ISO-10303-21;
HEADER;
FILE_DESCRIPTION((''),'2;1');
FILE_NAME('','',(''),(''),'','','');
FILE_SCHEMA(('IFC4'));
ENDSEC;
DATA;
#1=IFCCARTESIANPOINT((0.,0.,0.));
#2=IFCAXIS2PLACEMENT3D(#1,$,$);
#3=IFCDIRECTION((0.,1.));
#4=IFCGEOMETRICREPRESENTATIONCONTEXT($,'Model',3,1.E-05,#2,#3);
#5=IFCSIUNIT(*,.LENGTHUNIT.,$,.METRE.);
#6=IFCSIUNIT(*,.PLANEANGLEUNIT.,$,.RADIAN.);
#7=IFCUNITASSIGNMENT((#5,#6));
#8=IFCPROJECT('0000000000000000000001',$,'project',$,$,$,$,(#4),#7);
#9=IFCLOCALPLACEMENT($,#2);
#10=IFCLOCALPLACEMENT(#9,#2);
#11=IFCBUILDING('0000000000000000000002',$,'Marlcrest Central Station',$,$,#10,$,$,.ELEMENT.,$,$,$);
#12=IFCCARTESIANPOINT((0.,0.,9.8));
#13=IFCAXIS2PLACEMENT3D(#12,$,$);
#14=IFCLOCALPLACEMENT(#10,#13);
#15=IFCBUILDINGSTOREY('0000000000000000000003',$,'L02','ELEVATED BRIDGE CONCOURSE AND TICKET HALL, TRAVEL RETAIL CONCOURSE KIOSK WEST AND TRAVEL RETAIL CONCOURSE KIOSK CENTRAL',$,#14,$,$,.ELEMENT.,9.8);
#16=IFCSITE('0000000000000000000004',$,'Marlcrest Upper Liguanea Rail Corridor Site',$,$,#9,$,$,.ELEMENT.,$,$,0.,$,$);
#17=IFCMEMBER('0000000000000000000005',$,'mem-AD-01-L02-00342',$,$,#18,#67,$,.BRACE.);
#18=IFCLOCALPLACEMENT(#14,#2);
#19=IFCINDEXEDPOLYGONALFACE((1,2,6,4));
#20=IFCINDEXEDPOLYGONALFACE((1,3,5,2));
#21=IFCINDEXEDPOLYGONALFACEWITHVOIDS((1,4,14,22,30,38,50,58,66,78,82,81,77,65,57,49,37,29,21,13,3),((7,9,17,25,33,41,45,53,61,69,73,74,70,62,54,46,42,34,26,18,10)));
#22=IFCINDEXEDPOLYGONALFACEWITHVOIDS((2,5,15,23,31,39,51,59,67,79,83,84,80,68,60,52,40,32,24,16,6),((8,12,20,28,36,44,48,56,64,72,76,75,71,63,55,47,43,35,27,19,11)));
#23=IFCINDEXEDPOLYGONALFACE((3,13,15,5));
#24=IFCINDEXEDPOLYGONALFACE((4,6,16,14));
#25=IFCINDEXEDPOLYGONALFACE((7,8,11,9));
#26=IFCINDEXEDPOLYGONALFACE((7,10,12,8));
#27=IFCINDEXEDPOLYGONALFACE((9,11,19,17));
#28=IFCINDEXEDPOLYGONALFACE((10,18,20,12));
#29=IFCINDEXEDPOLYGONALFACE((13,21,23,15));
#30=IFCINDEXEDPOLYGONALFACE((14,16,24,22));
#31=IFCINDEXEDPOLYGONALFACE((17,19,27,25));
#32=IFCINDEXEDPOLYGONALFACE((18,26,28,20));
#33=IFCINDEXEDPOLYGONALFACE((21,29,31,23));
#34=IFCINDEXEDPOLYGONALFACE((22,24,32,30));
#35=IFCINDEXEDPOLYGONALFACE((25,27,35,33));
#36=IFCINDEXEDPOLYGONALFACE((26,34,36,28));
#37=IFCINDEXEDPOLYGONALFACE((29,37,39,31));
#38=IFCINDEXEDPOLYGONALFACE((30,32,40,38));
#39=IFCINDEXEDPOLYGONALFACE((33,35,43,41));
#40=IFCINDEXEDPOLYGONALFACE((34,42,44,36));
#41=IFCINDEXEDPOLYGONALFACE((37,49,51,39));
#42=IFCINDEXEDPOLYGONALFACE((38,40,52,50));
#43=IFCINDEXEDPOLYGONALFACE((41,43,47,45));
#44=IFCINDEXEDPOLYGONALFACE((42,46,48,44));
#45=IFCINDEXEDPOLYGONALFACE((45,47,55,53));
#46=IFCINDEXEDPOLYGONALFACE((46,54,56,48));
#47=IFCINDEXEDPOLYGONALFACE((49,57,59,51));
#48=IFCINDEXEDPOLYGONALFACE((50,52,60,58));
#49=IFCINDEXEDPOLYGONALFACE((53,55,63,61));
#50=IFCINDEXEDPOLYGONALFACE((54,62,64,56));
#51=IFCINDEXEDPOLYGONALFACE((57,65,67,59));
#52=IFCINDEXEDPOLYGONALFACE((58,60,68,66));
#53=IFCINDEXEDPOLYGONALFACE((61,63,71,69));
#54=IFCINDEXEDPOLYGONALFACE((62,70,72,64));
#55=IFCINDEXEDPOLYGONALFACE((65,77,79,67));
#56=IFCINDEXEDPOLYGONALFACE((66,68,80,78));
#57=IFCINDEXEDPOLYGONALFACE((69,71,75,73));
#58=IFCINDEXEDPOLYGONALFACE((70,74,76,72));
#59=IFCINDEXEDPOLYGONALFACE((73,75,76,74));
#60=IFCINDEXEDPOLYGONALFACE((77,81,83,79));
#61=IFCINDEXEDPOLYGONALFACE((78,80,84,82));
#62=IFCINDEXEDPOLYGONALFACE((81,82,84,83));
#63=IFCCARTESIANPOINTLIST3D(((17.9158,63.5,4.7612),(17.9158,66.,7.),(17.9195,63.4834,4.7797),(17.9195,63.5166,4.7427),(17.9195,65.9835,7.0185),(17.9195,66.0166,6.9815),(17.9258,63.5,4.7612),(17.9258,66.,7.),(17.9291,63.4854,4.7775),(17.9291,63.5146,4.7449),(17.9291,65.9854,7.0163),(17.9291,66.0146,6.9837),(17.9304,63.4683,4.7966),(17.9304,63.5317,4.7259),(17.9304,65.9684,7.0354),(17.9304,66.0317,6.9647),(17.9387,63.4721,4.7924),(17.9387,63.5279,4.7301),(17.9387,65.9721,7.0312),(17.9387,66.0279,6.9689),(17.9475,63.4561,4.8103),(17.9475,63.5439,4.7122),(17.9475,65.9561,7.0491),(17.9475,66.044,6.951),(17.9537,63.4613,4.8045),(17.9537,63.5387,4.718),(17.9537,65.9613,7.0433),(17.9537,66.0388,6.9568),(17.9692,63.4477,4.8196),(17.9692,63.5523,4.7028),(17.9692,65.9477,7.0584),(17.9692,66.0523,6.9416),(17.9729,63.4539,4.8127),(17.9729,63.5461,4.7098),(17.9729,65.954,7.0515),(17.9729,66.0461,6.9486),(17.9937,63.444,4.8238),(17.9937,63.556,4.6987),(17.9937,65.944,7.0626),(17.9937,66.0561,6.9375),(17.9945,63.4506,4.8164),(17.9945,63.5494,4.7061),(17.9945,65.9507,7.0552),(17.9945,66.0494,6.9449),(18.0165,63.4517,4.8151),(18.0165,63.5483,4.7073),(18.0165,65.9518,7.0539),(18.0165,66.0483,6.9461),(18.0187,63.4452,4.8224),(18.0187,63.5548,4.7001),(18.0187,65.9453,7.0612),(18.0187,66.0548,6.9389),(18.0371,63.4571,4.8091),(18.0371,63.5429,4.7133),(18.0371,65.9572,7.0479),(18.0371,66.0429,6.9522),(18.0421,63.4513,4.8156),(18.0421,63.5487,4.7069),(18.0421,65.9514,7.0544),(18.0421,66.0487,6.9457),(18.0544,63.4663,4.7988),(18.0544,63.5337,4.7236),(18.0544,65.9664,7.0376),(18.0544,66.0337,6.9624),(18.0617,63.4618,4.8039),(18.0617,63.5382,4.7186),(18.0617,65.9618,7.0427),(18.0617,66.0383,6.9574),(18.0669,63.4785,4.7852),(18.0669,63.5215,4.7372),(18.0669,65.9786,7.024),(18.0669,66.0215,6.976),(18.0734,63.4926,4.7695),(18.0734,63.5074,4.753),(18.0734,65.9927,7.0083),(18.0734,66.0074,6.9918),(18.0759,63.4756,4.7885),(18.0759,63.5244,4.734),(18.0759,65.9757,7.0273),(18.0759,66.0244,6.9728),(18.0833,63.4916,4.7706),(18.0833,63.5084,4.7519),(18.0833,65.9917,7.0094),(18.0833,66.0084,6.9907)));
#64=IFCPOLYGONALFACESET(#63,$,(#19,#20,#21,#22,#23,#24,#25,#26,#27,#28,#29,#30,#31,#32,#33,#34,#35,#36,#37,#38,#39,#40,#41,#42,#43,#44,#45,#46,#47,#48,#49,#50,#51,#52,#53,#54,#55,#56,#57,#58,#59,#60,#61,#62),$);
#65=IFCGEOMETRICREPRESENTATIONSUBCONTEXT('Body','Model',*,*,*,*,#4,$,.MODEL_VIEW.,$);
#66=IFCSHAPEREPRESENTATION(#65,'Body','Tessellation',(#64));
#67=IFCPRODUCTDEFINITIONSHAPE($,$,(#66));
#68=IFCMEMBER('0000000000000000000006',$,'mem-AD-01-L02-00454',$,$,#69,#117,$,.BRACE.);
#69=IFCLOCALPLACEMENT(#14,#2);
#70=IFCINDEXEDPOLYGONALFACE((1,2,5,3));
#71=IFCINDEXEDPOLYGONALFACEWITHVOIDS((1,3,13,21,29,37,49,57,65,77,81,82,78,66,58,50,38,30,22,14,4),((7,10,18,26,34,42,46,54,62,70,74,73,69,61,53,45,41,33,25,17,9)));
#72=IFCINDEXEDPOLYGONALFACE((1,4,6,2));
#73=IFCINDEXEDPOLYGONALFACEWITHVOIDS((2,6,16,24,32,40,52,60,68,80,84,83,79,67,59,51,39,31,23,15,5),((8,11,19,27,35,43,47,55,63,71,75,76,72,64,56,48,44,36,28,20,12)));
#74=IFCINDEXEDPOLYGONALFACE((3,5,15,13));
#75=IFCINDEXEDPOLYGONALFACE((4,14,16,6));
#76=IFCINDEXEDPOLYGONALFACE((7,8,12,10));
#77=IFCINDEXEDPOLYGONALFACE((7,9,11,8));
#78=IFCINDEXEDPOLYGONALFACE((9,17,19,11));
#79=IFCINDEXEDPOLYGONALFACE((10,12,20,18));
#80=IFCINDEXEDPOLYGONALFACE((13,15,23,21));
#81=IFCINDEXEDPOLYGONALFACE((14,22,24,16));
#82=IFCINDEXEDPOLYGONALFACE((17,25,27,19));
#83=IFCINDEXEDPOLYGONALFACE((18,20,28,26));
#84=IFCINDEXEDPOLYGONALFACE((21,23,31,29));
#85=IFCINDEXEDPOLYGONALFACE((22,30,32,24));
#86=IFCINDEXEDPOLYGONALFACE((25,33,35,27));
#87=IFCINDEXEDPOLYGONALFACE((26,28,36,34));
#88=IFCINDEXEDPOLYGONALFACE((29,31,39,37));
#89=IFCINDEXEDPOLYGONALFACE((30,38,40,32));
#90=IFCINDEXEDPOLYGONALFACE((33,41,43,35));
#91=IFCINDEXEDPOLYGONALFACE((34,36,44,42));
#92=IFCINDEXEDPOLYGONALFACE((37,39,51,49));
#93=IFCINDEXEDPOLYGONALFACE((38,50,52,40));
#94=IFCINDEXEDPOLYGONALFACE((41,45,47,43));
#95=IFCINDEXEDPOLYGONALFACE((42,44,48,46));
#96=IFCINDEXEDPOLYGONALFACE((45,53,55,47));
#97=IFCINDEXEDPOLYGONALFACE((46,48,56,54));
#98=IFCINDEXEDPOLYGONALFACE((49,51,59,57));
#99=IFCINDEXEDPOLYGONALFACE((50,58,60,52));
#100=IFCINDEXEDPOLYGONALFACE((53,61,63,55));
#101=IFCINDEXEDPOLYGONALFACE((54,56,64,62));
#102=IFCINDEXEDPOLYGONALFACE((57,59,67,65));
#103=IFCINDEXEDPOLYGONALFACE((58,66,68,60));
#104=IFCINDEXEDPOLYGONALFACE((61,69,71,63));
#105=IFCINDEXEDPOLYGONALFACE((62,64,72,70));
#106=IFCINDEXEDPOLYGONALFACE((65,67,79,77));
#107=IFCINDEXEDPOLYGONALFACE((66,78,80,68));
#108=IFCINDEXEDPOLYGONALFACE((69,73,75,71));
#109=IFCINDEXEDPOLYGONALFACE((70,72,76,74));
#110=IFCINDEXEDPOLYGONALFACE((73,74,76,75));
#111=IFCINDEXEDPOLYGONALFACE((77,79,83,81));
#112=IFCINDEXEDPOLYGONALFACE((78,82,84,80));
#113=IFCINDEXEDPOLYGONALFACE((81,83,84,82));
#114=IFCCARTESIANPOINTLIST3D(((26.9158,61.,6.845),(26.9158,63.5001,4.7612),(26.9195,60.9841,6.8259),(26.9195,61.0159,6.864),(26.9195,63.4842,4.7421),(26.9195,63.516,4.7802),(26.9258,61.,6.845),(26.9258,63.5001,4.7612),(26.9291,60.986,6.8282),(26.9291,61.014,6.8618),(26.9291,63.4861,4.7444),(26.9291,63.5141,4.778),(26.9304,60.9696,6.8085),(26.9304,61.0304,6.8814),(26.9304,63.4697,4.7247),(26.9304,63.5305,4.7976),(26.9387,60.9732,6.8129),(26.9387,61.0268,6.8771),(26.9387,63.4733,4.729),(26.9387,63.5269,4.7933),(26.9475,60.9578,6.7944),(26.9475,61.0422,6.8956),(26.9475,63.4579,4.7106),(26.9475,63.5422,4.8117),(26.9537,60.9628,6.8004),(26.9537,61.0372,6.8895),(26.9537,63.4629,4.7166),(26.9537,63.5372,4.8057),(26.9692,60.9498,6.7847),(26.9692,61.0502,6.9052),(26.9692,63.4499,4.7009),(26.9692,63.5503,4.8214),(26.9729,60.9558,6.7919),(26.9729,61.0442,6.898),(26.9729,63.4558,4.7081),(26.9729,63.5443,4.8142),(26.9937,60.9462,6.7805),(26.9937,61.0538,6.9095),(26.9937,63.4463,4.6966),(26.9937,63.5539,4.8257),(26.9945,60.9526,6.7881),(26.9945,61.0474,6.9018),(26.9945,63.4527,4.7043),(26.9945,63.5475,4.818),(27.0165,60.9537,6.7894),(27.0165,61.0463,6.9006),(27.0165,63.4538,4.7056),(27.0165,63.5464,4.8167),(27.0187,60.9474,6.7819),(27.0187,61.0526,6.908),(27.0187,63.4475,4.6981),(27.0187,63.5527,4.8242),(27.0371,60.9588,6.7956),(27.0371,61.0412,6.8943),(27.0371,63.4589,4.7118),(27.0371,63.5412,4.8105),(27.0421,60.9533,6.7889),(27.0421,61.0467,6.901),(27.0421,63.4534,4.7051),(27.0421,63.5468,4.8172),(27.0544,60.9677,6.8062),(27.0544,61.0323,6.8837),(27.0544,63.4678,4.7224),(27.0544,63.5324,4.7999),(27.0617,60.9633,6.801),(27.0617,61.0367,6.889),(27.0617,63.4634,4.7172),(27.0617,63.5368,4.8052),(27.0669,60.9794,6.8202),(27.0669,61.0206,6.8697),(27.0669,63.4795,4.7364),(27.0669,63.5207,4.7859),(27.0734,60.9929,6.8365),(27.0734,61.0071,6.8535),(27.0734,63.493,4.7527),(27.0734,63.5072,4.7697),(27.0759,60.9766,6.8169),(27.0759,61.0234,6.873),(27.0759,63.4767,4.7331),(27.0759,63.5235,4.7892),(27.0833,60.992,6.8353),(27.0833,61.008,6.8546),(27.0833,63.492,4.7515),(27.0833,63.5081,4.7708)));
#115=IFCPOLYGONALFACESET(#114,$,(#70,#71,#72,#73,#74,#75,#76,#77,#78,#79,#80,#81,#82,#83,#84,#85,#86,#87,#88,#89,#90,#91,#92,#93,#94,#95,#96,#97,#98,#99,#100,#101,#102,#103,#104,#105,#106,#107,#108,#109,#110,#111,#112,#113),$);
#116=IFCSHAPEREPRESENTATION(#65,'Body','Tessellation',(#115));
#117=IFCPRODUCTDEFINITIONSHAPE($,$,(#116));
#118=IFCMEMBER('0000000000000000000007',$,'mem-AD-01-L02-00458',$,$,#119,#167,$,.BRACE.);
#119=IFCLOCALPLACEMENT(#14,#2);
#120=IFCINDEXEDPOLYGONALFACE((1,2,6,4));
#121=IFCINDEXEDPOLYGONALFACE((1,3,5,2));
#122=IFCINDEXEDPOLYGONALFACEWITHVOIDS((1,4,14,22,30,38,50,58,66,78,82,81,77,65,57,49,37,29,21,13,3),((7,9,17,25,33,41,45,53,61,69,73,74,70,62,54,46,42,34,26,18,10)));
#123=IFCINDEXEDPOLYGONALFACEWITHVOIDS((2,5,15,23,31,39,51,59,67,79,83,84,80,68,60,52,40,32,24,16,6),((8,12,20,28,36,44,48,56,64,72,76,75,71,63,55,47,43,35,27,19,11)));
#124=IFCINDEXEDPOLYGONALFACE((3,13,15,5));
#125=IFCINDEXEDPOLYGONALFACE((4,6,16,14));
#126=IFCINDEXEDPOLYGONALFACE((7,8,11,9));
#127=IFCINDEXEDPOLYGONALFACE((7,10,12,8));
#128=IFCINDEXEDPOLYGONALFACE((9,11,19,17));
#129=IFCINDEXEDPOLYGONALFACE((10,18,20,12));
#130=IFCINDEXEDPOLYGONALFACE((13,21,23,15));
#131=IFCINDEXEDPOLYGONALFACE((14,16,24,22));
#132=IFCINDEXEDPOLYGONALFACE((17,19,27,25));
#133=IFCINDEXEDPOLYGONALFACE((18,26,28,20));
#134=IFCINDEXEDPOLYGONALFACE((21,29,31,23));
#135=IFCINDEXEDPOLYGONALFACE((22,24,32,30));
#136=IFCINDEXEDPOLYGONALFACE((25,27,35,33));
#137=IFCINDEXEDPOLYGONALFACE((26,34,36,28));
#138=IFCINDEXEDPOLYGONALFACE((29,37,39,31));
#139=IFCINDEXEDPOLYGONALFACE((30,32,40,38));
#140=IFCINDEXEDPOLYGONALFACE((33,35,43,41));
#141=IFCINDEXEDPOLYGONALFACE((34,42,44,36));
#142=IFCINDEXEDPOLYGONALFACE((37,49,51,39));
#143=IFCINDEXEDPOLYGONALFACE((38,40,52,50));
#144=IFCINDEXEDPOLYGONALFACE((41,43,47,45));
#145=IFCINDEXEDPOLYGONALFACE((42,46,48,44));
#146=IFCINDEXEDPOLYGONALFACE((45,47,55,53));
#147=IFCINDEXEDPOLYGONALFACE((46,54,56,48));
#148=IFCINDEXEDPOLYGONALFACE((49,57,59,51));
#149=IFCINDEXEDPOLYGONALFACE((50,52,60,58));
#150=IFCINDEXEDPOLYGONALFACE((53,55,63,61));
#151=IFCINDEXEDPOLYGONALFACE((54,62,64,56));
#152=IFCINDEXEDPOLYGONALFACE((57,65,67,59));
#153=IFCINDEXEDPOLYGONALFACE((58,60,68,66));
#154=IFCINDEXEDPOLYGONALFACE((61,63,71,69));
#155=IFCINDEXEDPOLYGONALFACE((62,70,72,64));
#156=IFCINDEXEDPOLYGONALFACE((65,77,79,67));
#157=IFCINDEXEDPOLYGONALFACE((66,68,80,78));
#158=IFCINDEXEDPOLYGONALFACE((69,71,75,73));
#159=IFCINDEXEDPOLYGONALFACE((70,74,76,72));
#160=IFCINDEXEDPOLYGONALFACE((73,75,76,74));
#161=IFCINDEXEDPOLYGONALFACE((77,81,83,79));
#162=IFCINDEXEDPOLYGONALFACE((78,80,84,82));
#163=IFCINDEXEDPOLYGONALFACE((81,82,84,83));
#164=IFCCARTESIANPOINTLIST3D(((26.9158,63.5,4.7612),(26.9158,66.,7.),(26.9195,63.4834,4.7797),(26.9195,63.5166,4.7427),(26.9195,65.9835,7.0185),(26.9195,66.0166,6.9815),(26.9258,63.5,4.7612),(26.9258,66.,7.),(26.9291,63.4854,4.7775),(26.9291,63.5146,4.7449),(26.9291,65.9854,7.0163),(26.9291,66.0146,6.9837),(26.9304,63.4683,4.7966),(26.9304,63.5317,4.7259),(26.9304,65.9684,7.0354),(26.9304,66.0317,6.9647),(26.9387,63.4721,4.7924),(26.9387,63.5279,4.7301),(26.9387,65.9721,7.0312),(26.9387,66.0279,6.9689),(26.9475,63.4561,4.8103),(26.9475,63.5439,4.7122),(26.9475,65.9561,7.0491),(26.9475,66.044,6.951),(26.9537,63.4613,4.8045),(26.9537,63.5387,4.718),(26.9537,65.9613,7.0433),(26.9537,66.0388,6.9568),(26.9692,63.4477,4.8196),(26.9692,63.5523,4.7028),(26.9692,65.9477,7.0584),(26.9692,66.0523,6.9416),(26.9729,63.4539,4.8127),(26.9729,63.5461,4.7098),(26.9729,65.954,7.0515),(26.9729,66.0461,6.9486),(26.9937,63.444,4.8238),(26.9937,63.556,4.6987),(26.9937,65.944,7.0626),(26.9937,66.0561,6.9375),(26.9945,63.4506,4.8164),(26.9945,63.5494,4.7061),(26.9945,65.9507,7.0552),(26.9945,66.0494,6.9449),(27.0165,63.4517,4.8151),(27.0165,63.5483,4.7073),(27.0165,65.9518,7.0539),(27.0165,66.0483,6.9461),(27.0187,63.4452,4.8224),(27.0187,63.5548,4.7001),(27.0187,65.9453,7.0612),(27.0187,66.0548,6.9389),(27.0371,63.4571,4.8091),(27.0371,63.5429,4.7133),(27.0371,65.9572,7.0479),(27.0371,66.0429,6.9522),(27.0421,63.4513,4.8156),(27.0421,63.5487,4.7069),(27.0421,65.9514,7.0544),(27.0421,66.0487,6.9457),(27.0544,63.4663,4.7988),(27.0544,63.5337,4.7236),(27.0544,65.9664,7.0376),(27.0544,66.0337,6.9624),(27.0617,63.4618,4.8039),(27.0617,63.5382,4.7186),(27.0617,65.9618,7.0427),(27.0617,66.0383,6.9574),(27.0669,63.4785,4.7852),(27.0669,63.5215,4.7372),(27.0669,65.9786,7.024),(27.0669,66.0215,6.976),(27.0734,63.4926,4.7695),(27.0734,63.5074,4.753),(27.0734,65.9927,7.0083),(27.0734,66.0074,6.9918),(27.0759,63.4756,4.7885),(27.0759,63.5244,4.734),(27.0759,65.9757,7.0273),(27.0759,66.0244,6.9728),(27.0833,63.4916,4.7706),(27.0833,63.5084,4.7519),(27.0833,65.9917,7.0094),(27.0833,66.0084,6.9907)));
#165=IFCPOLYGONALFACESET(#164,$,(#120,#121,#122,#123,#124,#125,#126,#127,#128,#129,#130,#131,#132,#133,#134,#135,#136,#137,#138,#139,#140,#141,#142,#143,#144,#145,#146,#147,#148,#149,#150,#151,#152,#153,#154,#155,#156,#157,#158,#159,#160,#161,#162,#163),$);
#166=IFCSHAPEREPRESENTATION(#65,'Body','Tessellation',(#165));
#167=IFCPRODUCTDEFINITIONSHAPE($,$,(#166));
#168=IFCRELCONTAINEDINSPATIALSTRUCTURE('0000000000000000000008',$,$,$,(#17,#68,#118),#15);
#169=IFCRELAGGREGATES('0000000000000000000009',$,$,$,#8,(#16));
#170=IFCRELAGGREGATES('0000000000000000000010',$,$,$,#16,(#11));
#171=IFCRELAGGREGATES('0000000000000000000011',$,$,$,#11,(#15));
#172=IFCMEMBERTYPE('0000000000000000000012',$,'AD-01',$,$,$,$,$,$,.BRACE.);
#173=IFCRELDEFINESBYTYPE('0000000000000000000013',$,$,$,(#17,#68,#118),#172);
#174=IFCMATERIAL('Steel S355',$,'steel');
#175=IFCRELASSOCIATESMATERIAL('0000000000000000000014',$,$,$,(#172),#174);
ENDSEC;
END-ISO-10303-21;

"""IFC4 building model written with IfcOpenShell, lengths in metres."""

from ifc_helpers import new_model, si_unit, direction, frame, origin, origin_2d, place, context, subcontext, project, spatial, hollow_circle, extrude, material, material_profile, profile_set, type_object, element, save


model = new_model("IFC4")

# Units and contexts
model_context = context("Model", 3, precision=1e-05, world=origin(), true_north=direction((0.0, 1.0)))
body_context = subcontext(model_context, "Body", "Model", "MODEL_VIEW")
ifc_project = project(units=[si_unit("LENGTHUNIT", "METRE"), si_unit("PLANEANGLEUNIT", "RADIAN")], contexts=[model_context])

# Site, building, storey
site_placement = place(None, origin())
site = spatial("IfcSite", under=ifc_project, at=site_placement, Name="Marlcrest Upper Liguanea Rail Corridor Site", CompositionType="ELEMENT", RefElevation=0.0)
building_placement = place(site_placement, origin())
building = spatial("IfcBuilding", under=site, at=building_placement, Name="Marlcrest Central Station", CompositionType="ELEMENT")
storey_placement = place(building_placement, frame((0.0, 0.0, 9.8)))
storey = spatial("IfcBuildingStorey", under=building, at=storey_placement, Name="L02", Description="ELEVATED BRIDGE CONCOURSE AND TICKET HALL, TRAVEL RETAIL CONCOURSE KIOSK WEST AND TRAVEL RETAIL CONCOURSE KIOSK CENTRAL", CompositionType="ELEMENT", Elevation=9.8)

# Members
ifc_material = material(Name="Steel S355", Category="steel")
ifc_material_profile_1 = material_profile(ifc_material, hollow_circle(Radius=0.0842, WallThickness=0.01, at=origin_2d()), Name="CHS 168.3x10")
ifc_profile_set_1 = profile_set([ifc_material_profile_1], Name="Steel S355")
member_type_1 = type_object("IfcMemberType", Name="AD-01", PredefinedType="BRACE", material=ifc_profile_set_1)
member_1_placement = place(storey_placement, frame((18.0, 63.5, 4.7612), z_axis=(0.0, 0.744956, 0.667114), x_axis=(-1.0, 0.0, 0.0)))
element("IfcMember", 1, at=member_1_placement, inside=storey, type_object=member_type_1, Name="mem-AD-01-L02-00342", PredefinedType="BRACE", context=body_context, shape_type="SweptSolid", body=[
    extrude(hollow_circle(Radius=0.0842, WallThickness=0.01, at=origin_2d()), origin(), (0.0, 0.0, 1.0), 3.356),
])
member_2_placement = place(storey_placement, frame((27.0, 61.0, 6.845), z_axis=(0.0, 0.76816, -0.640258), x_axis=(-1.0, 0.0, 0.0)))
element("IfcMember", 2, at=member_2_placement, inside=storey, type_object=member_type_1, Name="mem-AD-01-L02-00454", PredefinedType="BRACE", context=body_context, shape_type="SweptSolid", body=[
    extrude(hollow_circle(Radius=0.0842, WallThickness=0.01, at=origin_2d()), origin(), (0.0, 0.0, 1.0), 3.2546),
])
member_3_placement = place(storey_placement, frame((27.0, 63.5, 4.7612), z_axis=(0.0, 0.744956, 0.667114), x_axis=(-1.0, 0.0, 0.0)))
element("IfcMember", 3, at=member_3_placement, inside=storey, type_object=member_type_1, Name="mem-AD-01-L02-00458", PredefinedType="BRACE", context=body_context, shape_type="SweptSolid", body=[
    extrude(hollow_circle(Radius=0.0842, WallThickness=0.01, at=origin_2d()), origin(), (0.0, 0.0, 1.0), 3.356),
])

save(model, "model.ifc")
